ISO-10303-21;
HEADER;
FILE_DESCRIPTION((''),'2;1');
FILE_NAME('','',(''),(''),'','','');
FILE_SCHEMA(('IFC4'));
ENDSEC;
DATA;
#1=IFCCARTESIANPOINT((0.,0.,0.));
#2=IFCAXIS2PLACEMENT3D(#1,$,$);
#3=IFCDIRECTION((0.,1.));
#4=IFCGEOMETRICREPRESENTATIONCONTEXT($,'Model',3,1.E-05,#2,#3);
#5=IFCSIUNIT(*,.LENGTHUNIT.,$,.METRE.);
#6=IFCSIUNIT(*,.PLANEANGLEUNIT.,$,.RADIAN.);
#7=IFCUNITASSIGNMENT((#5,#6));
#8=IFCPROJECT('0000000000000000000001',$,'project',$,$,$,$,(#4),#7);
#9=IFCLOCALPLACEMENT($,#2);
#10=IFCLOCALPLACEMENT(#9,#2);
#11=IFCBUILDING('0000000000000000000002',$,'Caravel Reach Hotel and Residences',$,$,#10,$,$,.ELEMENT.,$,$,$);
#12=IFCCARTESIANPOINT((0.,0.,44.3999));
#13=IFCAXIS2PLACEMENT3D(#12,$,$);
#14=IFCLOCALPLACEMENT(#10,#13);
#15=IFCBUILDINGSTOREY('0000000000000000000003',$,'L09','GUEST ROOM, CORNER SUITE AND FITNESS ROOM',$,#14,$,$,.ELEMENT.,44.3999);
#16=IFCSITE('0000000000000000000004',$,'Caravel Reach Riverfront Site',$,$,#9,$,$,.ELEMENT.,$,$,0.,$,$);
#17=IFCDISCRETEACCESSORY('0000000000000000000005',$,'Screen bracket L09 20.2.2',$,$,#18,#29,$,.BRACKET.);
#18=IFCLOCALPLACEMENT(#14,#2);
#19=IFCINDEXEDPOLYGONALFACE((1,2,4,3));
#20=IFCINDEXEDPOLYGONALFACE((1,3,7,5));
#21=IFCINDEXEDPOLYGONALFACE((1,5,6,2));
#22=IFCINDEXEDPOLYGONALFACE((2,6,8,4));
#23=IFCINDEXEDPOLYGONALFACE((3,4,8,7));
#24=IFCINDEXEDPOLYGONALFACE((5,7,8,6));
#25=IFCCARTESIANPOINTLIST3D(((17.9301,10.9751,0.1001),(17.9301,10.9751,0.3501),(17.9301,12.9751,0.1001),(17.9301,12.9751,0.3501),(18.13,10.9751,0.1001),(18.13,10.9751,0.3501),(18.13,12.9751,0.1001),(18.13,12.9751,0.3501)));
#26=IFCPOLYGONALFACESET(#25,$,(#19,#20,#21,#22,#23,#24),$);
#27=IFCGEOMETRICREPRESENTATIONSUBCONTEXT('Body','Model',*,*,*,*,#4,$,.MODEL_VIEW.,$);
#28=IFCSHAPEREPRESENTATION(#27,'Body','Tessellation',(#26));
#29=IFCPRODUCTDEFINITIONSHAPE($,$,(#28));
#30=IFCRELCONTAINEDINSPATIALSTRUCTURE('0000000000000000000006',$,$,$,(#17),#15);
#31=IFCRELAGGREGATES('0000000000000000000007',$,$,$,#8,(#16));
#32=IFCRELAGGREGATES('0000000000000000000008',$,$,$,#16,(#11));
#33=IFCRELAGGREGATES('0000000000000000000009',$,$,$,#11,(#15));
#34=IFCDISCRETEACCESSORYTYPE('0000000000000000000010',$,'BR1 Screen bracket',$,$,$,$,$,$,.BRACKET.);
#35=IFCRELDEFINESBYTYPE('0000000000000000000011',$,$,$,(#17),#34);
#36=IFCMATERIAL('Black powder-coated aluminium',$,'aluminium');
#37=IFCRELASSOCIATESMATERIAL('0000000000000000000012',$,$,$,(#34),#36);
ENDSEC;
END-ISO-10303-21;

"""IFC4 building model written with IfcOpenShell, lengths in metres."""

from ifc_helpers import new_model, si_unit, direction, frame, origin, origin_2d, place, context, subcontext, project, spatial, rectangle, extrude, material, type_object, element, save


model = new_model("IFC4")

# Units and contexts
model_context = context("Model", 3, precision=1e-05, world=origin(), true_north=direction((0.0, 1.0)))
body_context = subcontext(model_context, "Body", "Model", "MODEL_VIEW")
ifc_project = project(units=[si_unit("LENGTHUNIT", "METRE"), si_unit("PLANEANGLEUNIT", "RADIAN")], contexts=[model_context])

# Site, building, storey
site_placement = place(None, origin())
site = spatial("IfcSite", under=ifc_project, at=site_placement, Name="Caravel Reach Riverfront Site", CompositionType="ELEMENT", RefElevation=0.0)
building_placement = place(site_placement, origin())
building = spatial("IfcBuilding", under=site, at=building_placement, Name="Caravel Reach Hotel and Residences", CompositionType="ELEMENT")
storey_placement = place(building_placement, frame((0.0, 0.0, 44.3999)))
storey = spatial("IfcBuildingStorey", under=building, at=storey_placement, Name="L09", Description="GUEST ROOM, CORNER SUITE AND FITNESS ROOM", CompositionType="ELEMENT", Elevation=44.3999)

# Discrete accessory
ifc_material_1 = material(Name="Black powder-coated aluminium", Category="aluminium")
discrete_accessory_type = type_object("IfcDiscreteAccessoryType", Name="BR1 Screen bracket", PredefinedType="BRACKET", material=ifc_material_1)
discrete_accessory_placement = place(storey_placement, frame((18.03, 11.9751, 0.1001), z_axis=(0.0, 0.0, 1.0), x_axis=(0.0, -1.0, 0.0)))
element("IfcDiscreteAccessory", 1, at=discrete_accessory_placement, inside=storey, type_object=discrete_accessory_type, Name="Screen bracket L09 20.2.2", PredefinedType="BRACKET", context=body_context, shape_type="SweptSolid", body=[
    extrude(rectangle(XDim=2.0, YDim=0.2, at=origin_2d()), origin(), (0.0, 0.0, 1.0), 0.25),
])

save(model, "model.ifc")
